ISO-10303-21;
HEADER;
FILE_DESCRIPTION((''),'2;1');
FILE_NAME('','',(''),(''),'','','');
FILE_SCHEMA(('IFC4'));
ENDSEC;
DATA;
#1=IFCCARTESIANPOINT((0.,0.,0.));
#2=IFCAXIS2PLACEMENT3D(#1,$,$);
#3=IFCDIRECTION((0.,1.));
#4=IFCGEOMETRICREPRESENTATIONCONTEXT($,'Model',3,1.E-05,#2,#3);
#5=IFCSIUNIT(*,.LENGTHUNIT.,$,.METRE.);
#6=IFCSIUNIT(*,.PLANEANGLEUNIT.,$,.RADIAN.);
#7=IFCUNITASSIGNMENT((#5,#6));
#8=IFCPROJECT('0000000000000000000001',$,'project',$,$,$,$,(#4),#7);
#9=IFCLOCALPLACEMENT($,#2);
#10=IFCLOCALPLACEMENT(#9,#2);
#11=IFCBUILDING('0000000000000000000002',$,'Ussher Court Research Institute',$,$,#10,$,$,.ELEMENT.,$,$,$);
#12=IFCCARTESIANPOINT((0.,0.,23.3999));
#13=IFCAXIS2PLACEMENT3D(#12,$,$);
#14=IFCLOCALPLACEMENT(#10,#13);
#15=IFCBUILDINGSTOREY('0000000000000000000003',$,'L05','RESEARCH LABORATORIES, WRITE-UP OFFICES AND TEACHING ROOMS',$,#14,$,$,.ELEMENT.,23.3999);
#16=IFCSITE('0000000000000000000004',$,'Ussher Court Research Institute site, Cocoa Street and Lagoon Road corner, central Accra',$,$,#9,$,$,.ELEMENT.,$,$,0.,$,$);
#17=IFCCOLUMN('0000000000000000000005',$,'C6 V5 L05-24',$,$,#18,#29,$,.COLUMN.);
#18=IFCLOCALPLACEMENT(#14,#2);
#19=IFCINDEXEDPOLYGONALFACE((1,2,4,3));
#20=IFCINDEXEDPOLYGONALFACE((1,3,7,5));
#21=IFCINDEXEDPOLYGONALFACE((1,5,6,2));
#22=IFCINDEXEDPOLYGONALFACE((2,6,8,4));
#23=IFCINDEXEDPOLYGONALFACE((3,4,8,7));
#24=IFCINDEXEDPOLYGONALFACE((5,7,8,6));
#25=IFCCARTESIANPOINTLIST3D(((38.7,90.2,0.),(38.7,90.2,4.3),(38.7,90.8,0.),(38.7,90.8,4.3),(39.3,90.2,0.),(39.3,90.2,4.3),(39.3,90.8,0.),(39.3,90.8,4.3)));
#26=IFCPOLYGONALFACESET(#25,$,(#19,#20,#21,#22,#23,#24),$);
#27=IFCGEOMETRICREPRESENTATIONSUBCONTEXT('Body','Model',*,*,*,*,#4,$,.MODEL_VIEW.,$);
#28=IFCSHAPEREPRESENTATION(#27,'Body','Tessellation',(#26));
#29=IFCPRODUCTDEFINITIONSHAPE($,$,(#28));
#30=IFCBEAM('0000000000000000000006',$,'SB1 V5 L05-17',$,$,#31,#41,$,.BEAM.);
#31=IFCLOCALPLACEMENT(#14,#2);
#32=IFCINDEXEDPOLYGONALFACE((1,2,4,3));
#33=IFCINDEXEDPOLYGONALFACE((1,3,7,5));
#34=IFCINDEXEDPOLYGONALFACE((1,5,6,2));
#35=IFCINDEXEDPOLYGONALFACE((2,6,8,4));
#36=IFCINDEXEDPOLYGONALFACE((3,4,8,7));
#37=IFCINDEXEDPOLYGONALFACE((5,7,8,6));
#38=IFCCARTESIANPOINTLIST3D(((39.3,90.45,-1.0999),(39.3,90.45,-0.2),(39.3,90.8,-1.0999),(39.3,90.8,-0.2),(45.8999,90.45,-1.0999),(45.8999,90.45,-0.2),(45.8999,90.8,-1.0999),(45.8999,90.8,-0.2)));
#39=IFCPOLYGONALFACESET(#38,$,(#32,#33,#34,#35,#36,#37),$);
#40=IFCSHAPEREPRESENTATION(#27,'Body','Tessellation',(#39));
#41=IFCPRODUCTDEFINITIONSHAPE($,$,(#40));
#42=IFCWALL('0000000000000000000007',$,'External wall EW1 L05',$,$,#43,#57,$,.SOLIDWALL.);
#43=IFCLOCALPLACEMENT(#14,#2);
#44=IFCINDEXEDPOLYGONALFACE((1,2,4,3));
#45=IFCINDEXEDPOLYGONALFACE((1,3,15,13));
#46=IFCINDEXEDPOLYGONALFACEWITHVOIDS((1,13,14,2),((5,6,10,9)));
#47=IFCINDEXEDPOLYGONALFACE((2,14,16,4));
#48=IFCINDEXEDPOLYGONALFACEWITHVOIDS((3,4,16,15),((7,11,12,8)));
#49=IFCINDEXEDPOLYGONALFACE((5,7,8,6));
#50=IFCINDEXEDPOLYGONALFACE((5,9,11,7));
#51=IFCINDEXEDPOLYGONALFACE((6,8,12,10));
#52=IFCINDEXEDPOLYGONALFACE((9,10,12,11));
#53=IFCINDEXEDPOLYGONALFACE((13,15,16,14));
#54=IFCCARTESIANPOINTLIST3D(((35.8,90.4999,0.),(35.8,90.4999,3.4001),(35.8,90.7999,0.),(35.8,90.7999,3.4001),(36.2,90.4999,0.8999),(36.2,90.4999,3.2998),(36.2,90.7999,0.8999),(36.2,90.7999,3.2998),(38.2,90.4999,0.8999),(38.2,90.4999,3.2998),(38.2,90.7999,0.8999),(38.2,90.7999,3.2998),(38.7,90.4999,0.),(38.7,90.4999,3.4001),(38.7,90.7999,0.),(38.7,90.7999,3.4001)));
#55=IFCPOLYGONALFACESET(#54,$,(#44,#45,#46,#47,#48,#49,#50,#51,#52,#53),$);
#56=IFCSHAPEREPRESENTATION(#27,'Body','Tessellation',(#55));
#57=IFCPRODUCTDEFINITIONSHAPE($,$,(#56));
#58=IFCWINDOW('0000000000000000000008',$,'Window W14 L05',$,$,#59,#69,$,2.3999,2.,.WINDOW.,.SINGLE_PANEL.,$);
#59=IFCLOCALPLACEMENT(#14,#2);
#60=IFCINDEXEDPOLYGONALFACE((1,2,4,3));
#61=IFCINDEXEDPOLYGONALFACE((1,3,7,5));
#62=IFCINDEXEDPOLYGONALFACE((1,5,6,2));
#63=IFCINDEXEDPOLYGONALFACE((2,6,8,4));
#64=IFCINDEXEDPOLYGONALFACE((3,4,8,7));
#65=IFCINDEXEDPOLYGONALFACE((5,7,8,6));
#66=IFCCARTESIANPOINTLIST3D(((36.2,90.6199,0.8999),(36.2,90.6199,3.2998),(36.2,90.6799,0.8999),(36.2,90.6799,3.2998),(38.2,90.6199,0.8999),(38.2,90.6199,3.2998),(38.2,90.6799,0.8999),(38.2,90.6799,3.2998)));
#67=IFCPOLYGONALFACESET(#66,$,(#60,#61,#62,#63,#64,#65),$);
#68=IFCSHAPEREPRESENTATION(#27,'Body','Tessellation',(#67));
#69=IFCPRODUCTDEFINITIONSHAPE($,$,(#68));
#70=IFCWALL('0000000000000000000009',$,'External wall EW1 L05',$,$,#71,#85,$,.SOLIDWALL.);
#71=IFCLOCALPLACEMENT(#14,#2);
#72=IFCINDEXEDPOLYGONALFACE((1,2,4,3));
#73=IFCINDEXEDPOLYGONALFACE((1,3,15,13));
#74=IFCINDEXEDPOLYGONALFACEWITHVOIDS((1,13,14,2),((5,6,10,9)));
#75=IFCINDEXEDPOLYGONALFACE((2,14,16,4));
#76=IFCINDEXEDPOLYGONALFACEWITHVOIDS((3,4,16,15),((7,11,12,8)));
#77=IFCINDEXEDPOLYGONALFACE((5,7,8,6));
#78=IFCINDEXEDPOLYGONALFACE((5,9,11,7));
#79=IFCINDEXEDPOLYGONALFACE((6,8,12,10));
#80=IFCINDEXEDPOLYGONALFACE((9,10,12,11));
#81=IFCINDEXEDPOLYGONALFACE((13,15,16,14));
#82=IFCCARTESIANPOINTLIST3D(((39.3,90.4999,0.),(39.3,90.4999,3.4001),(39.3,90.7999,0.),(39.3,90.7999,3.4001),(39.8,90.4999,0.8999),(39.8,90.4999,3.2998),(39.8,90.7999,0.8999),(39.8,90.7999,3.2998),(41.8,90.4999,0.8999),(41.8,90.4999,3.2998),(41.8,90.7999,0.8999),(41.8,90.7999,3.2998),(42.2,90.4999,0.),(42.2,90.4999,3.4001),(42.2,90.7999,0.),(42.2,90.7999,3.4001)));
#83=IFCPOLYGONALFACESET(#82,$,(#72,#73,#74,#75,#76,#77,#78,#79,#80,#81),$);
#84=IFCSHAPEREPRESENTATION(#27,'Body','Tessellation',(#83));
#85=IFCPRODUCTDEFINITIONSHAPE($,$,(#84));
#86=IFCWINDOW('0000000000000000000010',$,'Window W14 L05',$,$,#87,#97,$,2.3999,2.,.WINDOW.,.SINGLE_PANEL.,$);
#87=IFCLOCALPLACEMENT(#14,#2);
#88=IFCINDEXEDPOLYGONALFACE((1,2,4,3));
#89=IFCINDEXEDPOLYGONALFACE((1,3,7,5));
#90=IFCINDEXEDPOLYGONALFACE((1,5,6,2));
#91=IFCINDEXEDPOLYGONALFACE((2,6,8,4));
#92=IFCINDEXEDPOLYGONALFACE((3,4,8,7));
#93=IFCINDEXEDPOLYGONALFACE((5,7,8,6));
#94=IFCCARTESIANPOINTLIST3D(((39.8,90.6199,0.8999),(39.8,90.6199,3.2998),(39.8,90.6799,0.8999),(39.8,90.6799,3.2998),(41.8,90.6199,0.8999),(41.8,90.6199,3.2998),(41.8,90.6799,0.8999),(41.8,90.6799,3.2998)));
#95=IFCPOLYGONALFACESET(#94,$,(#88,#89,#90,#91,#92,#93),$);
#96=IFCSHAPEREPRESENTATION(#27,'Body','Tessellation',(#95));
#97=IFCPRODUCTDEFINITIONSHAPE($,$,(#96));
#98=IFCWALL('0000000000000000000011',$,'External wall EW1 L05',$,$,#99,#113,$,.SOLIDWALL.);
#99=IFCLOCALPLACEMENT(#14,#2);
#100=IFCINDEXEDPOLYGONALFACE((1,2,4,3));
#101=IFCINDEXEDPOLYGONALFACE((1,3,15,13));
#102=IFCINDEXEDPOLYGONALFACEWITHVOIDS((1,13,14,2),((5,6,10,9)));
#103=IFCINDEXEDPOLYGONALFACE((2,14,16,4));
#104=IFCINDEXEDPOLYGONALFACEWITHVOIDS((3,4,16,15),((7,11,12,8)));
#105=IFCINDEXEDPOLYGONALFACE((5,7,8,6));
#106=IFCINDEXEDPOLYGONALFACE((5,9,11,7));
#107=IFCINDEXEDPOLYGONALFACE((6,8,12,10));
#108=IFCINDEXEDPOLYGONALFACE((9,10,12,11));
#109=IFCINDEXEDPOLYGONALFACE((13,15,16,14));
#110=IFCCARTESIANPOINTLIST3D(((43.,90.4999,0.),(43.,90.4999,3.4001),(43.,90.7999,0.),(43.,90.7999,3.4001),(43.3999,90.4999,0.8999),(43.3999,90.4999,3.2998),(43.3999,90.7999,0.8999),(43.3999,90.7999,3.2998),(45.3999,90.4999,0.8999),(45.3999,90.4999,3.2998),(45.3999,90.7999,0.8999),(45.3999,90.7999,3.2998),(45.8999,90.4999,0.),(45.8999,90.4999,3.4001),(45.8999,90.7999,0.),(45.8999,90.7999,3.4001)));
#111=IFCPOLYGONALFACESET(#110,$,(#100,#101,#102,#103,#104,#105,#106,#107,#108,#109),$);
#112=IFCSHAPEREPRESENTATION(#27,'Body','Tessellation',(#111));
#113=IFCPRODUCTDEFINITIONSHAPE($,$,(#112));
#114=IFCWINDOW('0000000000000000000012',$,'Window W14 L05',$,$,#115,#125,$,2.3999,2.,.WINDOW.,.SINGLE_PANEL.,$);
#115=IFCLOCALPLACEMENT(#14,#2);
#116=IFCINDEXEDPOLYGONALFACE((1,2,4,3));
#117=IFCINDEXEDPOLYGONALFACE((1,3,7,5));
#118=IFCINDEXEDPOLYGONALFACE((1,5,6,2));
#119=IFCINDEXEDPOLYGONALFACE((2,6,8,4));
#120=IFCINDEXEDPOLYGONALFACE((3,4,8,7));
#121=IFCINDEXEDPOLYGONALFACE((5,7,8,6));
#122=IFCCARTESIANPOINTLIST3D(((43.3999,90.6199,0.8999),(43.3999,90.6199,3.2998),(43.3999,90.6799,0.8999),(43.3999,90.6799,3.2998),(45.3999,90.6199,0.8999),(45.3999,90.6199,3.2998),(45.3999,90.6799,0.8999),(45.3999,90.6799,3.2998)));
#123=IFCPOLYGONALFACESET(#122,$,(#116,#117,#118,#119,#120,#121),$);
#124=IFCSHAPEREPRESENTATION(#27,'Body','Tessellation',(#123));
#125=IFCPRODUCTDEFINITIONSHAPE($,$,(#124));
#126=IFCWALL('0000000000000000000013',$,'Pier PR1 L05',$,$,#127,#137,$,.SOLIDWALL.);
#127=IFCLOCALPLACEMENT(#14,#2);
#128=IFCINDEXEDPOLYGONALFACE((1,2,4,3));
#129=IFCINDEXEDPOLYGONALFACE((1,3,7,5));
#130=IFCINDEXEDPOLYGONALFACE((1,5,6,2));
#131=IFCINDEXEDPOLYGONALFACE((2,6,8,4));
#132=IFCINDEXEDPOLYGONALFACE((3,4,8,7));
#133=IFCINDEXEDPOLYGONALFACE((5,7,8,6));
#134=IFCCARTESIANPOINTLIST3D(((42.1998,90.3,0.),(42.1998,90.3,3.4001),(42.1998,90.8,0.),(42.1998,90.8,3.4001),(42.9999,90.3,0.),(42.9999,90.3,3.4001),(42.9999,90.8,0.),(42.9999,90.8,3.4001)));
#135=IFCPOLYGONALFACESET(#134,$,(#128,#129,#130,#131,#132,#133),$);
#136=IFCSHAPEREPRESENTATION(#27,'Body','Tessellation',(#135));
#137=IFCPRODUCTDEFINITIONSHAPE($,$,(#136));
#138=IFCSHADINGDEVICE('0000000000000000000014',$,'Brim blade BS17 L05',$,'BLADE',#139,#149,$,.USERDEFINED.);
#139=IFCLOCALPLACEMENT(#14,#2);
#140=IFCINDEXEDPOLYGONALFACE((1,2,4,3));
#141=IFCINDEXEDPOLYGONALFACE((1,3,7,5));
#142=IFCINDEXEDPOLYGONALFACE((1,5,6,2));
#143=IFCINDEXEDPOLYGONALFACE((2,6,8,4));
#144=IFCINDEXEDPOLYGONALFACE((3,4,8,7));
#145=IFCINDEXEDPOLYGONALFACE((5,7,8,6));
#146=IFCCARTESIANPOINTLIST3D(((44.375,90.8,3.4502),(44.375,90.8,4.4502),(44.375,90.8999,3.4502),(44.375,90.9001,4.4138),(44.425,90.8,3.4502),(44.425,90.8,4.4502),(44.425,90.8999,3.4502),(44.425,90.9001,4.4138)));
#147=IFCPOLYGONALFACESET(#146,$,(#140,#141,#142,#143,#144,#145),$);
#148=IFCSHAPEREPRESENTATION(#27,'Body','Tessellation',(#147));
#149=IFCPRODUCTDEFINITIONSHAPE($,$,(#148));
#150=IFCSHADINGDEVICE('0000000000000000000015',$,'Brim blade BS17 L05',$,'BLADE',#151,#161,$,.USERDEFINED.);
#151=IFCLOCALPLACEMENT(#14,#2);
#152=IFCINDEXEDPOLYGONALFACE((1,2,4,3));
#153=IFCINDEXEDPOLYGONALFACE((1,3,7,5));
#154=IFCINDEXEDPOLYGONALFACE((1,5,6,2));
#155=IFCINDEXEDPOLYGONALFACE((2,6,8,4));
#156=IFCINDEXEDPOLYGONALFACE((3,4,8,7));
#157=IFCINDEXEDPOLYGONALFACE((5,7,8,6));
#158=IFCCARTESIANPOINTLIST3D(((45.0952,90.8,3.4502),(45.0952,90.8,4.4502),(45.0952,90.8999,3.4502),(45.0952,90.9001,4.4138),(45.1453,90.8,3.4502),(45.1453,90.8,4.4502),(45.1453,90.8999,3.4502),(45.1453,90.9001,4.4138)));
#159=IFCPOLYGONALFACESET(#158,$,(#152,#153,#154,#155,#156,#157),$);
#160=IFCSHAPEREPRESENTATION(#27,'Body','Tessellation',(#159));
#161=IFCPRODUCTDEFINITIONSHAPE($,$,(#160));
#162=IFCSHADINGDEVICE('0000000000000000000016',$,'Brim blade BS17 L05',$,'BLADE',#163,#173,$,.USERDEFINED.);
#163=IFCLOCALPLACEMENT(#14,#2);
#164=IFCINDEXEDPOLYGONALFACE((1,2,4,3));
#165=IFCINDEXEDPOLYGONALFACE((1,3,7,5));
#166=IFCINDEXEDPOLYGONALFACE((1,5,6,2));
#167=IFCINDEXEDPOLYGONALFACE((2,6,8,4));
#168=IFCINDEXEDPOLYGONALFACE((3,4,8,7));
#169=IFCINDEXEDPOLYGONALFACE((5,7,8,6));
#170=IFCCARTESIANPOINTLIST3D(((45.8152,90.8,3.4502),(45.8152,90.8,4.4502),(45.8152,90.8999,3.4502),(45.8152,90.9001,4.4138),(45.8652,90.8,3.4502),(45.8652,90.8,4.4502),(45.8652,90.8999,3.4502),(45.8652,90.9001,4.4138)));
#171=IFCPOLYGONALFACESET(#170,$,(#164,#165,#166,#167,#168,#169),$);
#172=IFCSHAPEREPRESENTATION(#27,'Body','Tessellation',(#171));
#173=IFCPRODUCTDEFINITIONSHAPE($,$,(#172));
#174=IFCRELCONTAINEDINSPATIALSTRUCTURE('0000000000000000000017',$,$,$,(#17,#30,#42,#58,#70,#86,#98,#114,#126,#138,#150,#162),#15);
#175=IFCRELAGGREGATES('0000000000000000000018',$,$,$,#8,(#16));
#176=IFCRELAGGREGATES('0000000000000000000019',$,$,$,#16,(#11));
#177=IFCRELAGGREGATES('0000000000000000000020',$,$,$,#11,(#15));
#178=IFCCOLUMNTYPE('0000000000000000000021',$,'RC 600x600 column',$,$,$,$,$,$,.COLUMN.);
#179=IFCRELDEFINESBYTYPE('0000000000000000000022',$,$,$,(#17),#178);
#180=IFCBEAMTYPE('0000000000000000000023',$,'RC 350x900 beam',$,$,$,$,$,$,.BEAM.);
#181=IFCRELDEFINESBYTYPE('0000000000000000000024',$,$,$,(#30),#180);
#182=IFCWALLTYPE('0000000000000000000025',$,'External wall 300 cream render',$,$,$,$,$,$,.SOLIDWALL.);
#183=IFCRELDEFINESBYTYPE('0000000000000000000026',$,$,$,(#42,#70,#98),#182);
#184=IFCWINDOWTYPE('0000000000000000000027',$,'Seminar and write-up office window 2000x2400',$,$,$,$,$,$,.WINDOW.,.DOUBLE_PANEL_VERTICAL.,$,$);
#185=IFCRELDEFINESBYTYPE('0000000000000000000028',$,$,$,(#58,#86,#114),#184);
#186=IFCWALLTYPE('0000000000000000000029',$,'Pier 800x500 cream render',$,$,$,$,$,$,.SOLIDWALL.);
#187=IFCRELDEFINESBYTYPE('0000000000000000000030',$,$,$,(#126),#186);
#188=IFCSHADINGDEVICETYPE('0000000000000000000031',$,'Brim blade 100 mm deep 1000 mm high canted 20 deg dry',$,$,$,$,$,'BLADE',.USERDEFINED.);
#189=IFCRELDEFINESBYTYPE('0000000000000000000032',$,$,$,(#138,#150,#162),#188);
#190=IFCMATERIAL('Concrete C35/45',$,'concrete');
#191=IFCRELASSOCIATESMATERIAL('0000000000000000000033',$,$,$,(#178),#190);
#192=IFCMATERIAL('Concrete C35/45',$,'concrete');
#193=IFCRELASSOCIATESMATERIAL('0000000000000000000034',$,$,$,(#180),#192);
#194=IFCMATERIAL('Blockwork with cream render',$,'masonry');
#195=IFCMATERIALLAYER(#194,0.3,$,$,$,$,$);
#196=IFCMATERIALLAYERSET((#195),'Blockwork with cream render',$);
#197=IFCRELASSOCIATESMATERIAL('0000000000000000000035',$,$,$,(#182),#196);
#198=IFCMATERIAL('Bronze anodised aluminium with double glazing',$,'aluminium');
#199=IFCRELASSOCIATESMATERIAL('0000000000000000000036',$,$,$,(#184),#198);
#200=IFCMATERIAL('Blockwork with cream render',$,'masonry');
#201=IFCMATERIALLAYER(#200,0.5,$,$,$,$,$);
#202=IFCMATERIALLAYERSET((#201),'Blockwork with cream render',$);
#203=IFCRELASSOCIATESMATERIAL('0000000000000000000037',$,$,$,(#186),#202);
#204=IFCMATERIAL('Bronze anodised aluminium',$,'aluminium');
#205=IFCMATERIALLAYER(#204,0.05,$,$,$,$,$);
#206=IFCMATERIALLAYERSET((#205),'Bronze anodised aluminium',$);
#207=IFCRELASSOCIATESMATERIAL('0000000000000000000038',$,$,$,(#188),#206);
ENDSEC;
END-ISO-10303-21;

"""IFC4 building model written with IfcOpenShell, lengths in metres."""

from ifc_helpers import new_model, si_unit, direction, frame, frame_2d, origin, origin_2d, place, context, subcontext, project, spatial, polyline, rectangle, outline, extrude, material, layer, layer_set, material_profile, profile_set, type_object, element, fill, save


model = new_model("IFC4")

# Units and contexts
model_context = context("Model", 3, precision=1e-05, world=origin(), true_north=direction((0.0, 1.0)))
body_context = subcontext(model_context, "Body", "Model", "MODEL_VIEW")
ifc_project = project(units=[si_unit("LENGTHUNIT", "METRE"), si_unit("PLANEANGLEUNIT", "RADIAN")], contexts=[model_context])

# Site, building, storey
site_placement = place(None, origin())
site = spatial("IfcSite", under=ifc_project, at=site_placement, Name="Ussher Court Research Institute site, Cocoa Street and Lagoon Road corner, central Accra", CompositionType="ELEMENT", RefElevation=0.0)
building_placement = place(site_placement, origin())
building = spatial("IfcBuilding", under=site, at=building_placement, Name="Ussher Court Research Institute", CompositionType="ELEMENT")
storey_placement = place(building_placement, frame((0.0, 0.0, 23.3999)))
storey = spatial("IfcBuildingStorey", under=building, at=storey_placement, Name="L05", Description="RESEARCH LABORATORIES, WRITE-UP OFFICES AND TEACHING ROOMS", CompositionType="ELEMENT", Elevation=23.3999)

# Column
ifc_material_1 = material(Name="Concrete C35/45", Category="concrete")
ifc_material_profile_1 = material_profile(ifc_material_1, rectangle(XDim=0.6001, YDim=0.6001, at=origin_2d()), Name="RC 600x600")
ifc_profile_set_1 = profile_set([ifc_material_profile_1], Name="Concrete C35/45")
column_type = type_object("IfcColumnType", Name="RC 600x600 column", PredefinedType="COLUMN", material=ifc_profile_set_1)
column_placement = place(storey_placement, frame((39.0, 90.5, 0.0), z_axis=(0.0, 0.0, 1.0), x_axis=(1.0, 0.0, 0.0)))
element("IfcColumn", 1, at=column_placement, inside=storey, type_object=column_type, Name="C6 V5 L05-24", PredefinedType="COLUMN", context=body_context, shape_type="SweptSolid", body=[
    extrude(rectangle(XDim=0.6001, YDim=0.6001, at=origin_2d()), origin(), (0.0, 0.0, 1.0), 4.3),
])

# Beam
ifc_material_2 = material(Name="Concrete C35/45", Category="concrete")
ifc_material_profile_2 = material_profile(ifc_material_2, rectangle(XDim=0.3501, YDim=0.8999, at=origin_2d()), Name="RC 350x900")
ifc_profile_set_2 = profile_set([ifc_material_profile_2], Name="Concrete C35/45")
beam_type = type_object("IfcBeamType", Name="RC 350x900 beam", PredefinedType="BEAM", material=ifc_profile_set_2)
beam_placement = place(storey_placement, frame((39.3, 90.625, -0.6499), z_axis=(1.0, 0.0, 0.0), x_axis=(0.0, 1.0, 0.0)))
element("IfcBeam", 2, at=beam_placement, inside=storey, type_object=beam_type, Name="SB1 V5 L05-17", PredefinedType="BEAM", context=body_context, shape_type="SweptSolid", body=[
    extrude(rectangle(XDim=0.3501, YDim=0.8999, at=origin_2d()), origin(), (0.0, 0.0, 1.0), 6.5999),
])

# Walls, openings, windows
ifc_material_3 = material(Name="Blockwork with cream render", Category="masonry")
ifc_layer_1 = layer(ifc_material_3, 0.3)
ifc_layer_set_1 = layer_set([ifc_layer_1], Name="Blockwork with cream render")
wall_type_1 = type_object("IfcWallType", Name="External wall 300 cream render", PredefinedType="SOLIDWALL", material=ifc_layer_set_1)
wall_1_placement = place(storey_placement, frame((35.8, 90.6499, 0.0), z_axis=(0.0, 0.0, 1.0), x_axis=(1.0, 0.0, 0.0)))
wall_1 = element("IfcWall", 3, at=wall_1_placement, inside=storey, type_object=wall_type_1, Name="External wall EW1 L05", PredefinedType="SOLIDWALL", context=body_context, shape_type="SweptSolid", body=[
    extrude(rectangle(XDim=2.8999, YDim=0.3, at=frame_2d((1.45, 0.0))), origin(), (0.0, 0.0, 1.0), 3.4001),
])
opening_1_placement = place(wall_1_placement, frame((0.3999, 0.0, 0.8999)))
opening_1 = element("IfcOpeningElement", 4, at=opening_1_placement, cuts=wall_1, PredefinedType="OPENING", context=body_context, shape_type="SweptSolid", body=[
    extrude(rectangle(XDim=2.0, YDim=2.3999, at=frame_2d((1.0, 1.2))), frame((0.0, 0.1602, 0.0), z_axis=(0.0, -1.0, 0.0), x_axis=(1.0, 0.0, 0.0)), (0.0, 0.0, 1.0), 0.3201),
])
ifc_material_4 = material(Name="Bronze anodised aluminium with double glazing", Category="aluminium")
window_type = type_object("IfcWindowType", Name="Seminar and write-up office window 2000x2400", PartitioningType="DOUBLE_PANEL_VERTICAL", PredefinedType="WINDOW", material=ifc_material_4)
window_1_placement = place(opening_1_placement, origin())
window_1 = element("IfcWindow", 5, at=window_1_placement, inside=storey, type_object=window_type, Name="Window W14 L05", OverallHeight=2.3999, OverallWidth=2.0, PartitioningType="SINGLE_PANEL", PredefinedType="WINDOW", context=body_context, shape_type="SweptSolid", body=[
    extrude(rectangle(XDim=2.0, YDim=2.3999, at=frame_2d((1.0, 1.2))), frame((0.0, 0.03, 0.0), z_axis=(0.0, -1.0, 0.0), x_axis=(1.0, 0.0, 0.0)), (0.0, 0.0, 1.0), 0.0601),
])
fill(opening_1, window_1)
wall_2_placement = place(storey_placement, frame((39.3, 90.6499, 0.0), z_axis=(0.0, 0.0, 1.0), x_axis=(1.0, 0.0, 0.0)))
wall_2 = element("IfcWall", 6, at=wall_2_placement, inside=storey, type_object=wall_type_1, Name="External wall EW1 L05", PredefinedType="SOLIDWALL", context=body_context, shape_type="SweptSolid", body=[
    extrude(rectangle(XDim=2.8999, YDim=0.3, at=frame_2d((1.45, 0.0))), origin(), (0.0, 0.0, 1.0), 3.4001),
])
opening_2_placement = place(wall_2_placement, frame((0.5, 0.0, 0.8999)))
opening_2 = element("IfcOpeningElement", 7, at=opening_2_placement, cuts=wall_2, PredefinedType="OPENING", context=body_context, shape_type="SweptSolid", body=[
    extrude(rectangle(XDim=2.0, YDim=2.3999, at=frame_2d((1.0, 1.2))), frame((0.0, 0.1602, 0.0), z_axis=(0.0, -1.0, 0.0), x_axis=(1.0, 0.0, 0.0)), (0.0, 0.0, 1.0), 0.3201),
])
window_2_placement = place(opening_2_placement, origin())
window_2 = element("IfcWindow", 8, at=window_2_placement, inside=storey, type_object=window_type, Name="Window W14 L05", OverallHeight=2.3999, OverallWidth=2.0, PartitioningType="SINGLE_PANEL", PredefinedType="WINDOW", context=body_context, shape_type="SweptSolid", body=[
    extrude(rectangle(XDim=2.0, YDim=2.3999, at=frame_2d((1.0, 1.2))), frame((0.0, 0.03, 0.0), z_axis=(0.0, -1.0, 0.0), x_axis=(1.0, 0.0, 0.0)), (0.0, 0.0, 1.0), 0.0601),
])
fill(opening_2, window_2)
wall_3_placement = place(storey_placement, frame((43.0, 90.6499, 0.0), z_axis=(0.0, 0.0, 1.0), x_axis=(1.0, 0.0, 0.0)))
wall_3 = element("IfcWall", 9, at=wall_3_placement, inside=storey, type_object=wall_type_1, Name="External wall EW1 L05", PredefinedType="SOLIDWALL", context=body_context, shape_type="SweptSolid", body=[
    extrude(rectangle(XDim=2.8999, YDim=0.3, at=frame_2d((1.45, 0.0))), origin(), (0.0, 0.0, 1.0), 3.4001),
])
opening_3_placement = place(wall_3_placement, frame((0.3999, 0.0, 0.8999)))
opening_3 = element("IfcOpeningElement", 10, at=opening_3_placement, cuts=wall_3, PredefinedType="OPENING", context=body_context, shape_type="SweptSolid", body=[
    extrude(rectangle(XDim=2.0, YDim=2.3999, at=frame_2d((1.0, 1.2))), frame((0.0, 0.1602, 0.0), z_axis=(0.0, -1.0, 0.0), x_axis=(1.0, 0.0, 0.0)), (0.0, 0.0, 1.0), 0.3201),
])
window_3_placement = place(opening_3_placement, origin())
window_3 = element("IfcWindow", 11, at=window_3_placement, inside=storey, type_object=window_type, Name="Window W14 L05", OverallHeight=2.3999, OverallWidth=2.0, PartitioningType="SINGLE_PANEL", PredefinedType="WINDOW", context=body_context, shape_type="SweptSolid", body=[
    extrude(rectangle(XDim=2.0, YDim=2.3999, at=frame_2d((1.0, 1.2))), frame((0.0, 0.03, 0.0), z_axis=(0.0, -1.0, 0.0), x_axis=(1.0, 0.0, 0.0)), (0.0, 0.0, 1.0), 0.0601),
])
fill(opening_3, window_3)

# Wall
ifc_material_5 = material(Name="Blockwork with cream render", Category="masonry")
ifc_layer_2 = layer(ifc_material_5, 0.5)
ifc_layer_set_2 = layer_set([ifc_layer_2], Name="Blockwork with cream render")
wall_type_2 = type_object("IfcWallType", Name="Pier 800x500 cream render", PredefinedType="SOLIDWALL", material=ifc_layer_set_2)
wall_4_placement = place(storey_placement, frame((42.2, 90.55, 0.0), z_axis=(0.0, 0.0, 1.0), x_axis=(1.0, 0.0, 0.0)))
element("IfcWall", 12, at=wall_4_placement, inside=storey, type_object=wall_type_2, Name="Pier PR1 L05", PredefinedType="SOLIDWALL", context=body_context, shape_type="SweptSolid", body=[
    extrude(rectangle(XDim=0.8, YDim=0.5, at=frame_2d((0.3999, 0.0))), origin(), (0.0, 0.0, 1.0), 3.4001),
])

# Shading devices
ifc_material_6 = material(Name="Bronze anodised aluminium", Category="aluminium")
ifc_layer_3 = layer(ifc_material_6, 0.05)
ifc_layer_set_3 = layer_set([ifc_layer_3], Name="Bronze anodised aluminium")
shading_device_type_1 = type_object("IfcShadingDeviceType", Name="Brim blade 100 mm deep 1000 mm high canted 20 deg dry", ElementType="BLADE", PredefinedType="USERDEFINED", material=ifc_layer_set_3)
for number, where, z_axis, x_axis, name in (
    (13, (44.3999, 90.8, 3.4502), (0.0, 0.0, 1.0), (0.0, 1.0, 0.0), "Brim blade BS17 L05"),
    (14, (45.1201, 90.8, 3.4502), (0.0, 0.0, 1.0), (0.0, 1.0, 0.0), "Brim blade BS17 L05"),
    (15, (45.8401, 90.8, 3.4502), (0.0, 0.0, 1.0), (0.0, 1.0, 0.0), "Brim blade BS17 L05"),
):
    element("IfcShadingDevice", number, at=place(storey_placement, frame(where, z_axis=z_axis, x_axis=x_axis)), inside=storey, type_object=shading_device_type_1, Name=name, ObjectType="BLADE", PredefinedType="USERDEFINED", context=body_context, shape_type="SweptSolid", body=[
        extrude(outline(polyline([(0.0, 0.0), (0.0999, 0.0), (0.1001, 0.9636), (0.0, 1.0), (0.0, 0.0)])), frame((0.0, 0.0249, 0.0), z_axis=(0.0, -1.0, 0.0), x_axis=(1.0, 0.0, 0.0)), (0.0, 0.0, 1.0), 0.05),
    ])

save(model, "model.ifc")
